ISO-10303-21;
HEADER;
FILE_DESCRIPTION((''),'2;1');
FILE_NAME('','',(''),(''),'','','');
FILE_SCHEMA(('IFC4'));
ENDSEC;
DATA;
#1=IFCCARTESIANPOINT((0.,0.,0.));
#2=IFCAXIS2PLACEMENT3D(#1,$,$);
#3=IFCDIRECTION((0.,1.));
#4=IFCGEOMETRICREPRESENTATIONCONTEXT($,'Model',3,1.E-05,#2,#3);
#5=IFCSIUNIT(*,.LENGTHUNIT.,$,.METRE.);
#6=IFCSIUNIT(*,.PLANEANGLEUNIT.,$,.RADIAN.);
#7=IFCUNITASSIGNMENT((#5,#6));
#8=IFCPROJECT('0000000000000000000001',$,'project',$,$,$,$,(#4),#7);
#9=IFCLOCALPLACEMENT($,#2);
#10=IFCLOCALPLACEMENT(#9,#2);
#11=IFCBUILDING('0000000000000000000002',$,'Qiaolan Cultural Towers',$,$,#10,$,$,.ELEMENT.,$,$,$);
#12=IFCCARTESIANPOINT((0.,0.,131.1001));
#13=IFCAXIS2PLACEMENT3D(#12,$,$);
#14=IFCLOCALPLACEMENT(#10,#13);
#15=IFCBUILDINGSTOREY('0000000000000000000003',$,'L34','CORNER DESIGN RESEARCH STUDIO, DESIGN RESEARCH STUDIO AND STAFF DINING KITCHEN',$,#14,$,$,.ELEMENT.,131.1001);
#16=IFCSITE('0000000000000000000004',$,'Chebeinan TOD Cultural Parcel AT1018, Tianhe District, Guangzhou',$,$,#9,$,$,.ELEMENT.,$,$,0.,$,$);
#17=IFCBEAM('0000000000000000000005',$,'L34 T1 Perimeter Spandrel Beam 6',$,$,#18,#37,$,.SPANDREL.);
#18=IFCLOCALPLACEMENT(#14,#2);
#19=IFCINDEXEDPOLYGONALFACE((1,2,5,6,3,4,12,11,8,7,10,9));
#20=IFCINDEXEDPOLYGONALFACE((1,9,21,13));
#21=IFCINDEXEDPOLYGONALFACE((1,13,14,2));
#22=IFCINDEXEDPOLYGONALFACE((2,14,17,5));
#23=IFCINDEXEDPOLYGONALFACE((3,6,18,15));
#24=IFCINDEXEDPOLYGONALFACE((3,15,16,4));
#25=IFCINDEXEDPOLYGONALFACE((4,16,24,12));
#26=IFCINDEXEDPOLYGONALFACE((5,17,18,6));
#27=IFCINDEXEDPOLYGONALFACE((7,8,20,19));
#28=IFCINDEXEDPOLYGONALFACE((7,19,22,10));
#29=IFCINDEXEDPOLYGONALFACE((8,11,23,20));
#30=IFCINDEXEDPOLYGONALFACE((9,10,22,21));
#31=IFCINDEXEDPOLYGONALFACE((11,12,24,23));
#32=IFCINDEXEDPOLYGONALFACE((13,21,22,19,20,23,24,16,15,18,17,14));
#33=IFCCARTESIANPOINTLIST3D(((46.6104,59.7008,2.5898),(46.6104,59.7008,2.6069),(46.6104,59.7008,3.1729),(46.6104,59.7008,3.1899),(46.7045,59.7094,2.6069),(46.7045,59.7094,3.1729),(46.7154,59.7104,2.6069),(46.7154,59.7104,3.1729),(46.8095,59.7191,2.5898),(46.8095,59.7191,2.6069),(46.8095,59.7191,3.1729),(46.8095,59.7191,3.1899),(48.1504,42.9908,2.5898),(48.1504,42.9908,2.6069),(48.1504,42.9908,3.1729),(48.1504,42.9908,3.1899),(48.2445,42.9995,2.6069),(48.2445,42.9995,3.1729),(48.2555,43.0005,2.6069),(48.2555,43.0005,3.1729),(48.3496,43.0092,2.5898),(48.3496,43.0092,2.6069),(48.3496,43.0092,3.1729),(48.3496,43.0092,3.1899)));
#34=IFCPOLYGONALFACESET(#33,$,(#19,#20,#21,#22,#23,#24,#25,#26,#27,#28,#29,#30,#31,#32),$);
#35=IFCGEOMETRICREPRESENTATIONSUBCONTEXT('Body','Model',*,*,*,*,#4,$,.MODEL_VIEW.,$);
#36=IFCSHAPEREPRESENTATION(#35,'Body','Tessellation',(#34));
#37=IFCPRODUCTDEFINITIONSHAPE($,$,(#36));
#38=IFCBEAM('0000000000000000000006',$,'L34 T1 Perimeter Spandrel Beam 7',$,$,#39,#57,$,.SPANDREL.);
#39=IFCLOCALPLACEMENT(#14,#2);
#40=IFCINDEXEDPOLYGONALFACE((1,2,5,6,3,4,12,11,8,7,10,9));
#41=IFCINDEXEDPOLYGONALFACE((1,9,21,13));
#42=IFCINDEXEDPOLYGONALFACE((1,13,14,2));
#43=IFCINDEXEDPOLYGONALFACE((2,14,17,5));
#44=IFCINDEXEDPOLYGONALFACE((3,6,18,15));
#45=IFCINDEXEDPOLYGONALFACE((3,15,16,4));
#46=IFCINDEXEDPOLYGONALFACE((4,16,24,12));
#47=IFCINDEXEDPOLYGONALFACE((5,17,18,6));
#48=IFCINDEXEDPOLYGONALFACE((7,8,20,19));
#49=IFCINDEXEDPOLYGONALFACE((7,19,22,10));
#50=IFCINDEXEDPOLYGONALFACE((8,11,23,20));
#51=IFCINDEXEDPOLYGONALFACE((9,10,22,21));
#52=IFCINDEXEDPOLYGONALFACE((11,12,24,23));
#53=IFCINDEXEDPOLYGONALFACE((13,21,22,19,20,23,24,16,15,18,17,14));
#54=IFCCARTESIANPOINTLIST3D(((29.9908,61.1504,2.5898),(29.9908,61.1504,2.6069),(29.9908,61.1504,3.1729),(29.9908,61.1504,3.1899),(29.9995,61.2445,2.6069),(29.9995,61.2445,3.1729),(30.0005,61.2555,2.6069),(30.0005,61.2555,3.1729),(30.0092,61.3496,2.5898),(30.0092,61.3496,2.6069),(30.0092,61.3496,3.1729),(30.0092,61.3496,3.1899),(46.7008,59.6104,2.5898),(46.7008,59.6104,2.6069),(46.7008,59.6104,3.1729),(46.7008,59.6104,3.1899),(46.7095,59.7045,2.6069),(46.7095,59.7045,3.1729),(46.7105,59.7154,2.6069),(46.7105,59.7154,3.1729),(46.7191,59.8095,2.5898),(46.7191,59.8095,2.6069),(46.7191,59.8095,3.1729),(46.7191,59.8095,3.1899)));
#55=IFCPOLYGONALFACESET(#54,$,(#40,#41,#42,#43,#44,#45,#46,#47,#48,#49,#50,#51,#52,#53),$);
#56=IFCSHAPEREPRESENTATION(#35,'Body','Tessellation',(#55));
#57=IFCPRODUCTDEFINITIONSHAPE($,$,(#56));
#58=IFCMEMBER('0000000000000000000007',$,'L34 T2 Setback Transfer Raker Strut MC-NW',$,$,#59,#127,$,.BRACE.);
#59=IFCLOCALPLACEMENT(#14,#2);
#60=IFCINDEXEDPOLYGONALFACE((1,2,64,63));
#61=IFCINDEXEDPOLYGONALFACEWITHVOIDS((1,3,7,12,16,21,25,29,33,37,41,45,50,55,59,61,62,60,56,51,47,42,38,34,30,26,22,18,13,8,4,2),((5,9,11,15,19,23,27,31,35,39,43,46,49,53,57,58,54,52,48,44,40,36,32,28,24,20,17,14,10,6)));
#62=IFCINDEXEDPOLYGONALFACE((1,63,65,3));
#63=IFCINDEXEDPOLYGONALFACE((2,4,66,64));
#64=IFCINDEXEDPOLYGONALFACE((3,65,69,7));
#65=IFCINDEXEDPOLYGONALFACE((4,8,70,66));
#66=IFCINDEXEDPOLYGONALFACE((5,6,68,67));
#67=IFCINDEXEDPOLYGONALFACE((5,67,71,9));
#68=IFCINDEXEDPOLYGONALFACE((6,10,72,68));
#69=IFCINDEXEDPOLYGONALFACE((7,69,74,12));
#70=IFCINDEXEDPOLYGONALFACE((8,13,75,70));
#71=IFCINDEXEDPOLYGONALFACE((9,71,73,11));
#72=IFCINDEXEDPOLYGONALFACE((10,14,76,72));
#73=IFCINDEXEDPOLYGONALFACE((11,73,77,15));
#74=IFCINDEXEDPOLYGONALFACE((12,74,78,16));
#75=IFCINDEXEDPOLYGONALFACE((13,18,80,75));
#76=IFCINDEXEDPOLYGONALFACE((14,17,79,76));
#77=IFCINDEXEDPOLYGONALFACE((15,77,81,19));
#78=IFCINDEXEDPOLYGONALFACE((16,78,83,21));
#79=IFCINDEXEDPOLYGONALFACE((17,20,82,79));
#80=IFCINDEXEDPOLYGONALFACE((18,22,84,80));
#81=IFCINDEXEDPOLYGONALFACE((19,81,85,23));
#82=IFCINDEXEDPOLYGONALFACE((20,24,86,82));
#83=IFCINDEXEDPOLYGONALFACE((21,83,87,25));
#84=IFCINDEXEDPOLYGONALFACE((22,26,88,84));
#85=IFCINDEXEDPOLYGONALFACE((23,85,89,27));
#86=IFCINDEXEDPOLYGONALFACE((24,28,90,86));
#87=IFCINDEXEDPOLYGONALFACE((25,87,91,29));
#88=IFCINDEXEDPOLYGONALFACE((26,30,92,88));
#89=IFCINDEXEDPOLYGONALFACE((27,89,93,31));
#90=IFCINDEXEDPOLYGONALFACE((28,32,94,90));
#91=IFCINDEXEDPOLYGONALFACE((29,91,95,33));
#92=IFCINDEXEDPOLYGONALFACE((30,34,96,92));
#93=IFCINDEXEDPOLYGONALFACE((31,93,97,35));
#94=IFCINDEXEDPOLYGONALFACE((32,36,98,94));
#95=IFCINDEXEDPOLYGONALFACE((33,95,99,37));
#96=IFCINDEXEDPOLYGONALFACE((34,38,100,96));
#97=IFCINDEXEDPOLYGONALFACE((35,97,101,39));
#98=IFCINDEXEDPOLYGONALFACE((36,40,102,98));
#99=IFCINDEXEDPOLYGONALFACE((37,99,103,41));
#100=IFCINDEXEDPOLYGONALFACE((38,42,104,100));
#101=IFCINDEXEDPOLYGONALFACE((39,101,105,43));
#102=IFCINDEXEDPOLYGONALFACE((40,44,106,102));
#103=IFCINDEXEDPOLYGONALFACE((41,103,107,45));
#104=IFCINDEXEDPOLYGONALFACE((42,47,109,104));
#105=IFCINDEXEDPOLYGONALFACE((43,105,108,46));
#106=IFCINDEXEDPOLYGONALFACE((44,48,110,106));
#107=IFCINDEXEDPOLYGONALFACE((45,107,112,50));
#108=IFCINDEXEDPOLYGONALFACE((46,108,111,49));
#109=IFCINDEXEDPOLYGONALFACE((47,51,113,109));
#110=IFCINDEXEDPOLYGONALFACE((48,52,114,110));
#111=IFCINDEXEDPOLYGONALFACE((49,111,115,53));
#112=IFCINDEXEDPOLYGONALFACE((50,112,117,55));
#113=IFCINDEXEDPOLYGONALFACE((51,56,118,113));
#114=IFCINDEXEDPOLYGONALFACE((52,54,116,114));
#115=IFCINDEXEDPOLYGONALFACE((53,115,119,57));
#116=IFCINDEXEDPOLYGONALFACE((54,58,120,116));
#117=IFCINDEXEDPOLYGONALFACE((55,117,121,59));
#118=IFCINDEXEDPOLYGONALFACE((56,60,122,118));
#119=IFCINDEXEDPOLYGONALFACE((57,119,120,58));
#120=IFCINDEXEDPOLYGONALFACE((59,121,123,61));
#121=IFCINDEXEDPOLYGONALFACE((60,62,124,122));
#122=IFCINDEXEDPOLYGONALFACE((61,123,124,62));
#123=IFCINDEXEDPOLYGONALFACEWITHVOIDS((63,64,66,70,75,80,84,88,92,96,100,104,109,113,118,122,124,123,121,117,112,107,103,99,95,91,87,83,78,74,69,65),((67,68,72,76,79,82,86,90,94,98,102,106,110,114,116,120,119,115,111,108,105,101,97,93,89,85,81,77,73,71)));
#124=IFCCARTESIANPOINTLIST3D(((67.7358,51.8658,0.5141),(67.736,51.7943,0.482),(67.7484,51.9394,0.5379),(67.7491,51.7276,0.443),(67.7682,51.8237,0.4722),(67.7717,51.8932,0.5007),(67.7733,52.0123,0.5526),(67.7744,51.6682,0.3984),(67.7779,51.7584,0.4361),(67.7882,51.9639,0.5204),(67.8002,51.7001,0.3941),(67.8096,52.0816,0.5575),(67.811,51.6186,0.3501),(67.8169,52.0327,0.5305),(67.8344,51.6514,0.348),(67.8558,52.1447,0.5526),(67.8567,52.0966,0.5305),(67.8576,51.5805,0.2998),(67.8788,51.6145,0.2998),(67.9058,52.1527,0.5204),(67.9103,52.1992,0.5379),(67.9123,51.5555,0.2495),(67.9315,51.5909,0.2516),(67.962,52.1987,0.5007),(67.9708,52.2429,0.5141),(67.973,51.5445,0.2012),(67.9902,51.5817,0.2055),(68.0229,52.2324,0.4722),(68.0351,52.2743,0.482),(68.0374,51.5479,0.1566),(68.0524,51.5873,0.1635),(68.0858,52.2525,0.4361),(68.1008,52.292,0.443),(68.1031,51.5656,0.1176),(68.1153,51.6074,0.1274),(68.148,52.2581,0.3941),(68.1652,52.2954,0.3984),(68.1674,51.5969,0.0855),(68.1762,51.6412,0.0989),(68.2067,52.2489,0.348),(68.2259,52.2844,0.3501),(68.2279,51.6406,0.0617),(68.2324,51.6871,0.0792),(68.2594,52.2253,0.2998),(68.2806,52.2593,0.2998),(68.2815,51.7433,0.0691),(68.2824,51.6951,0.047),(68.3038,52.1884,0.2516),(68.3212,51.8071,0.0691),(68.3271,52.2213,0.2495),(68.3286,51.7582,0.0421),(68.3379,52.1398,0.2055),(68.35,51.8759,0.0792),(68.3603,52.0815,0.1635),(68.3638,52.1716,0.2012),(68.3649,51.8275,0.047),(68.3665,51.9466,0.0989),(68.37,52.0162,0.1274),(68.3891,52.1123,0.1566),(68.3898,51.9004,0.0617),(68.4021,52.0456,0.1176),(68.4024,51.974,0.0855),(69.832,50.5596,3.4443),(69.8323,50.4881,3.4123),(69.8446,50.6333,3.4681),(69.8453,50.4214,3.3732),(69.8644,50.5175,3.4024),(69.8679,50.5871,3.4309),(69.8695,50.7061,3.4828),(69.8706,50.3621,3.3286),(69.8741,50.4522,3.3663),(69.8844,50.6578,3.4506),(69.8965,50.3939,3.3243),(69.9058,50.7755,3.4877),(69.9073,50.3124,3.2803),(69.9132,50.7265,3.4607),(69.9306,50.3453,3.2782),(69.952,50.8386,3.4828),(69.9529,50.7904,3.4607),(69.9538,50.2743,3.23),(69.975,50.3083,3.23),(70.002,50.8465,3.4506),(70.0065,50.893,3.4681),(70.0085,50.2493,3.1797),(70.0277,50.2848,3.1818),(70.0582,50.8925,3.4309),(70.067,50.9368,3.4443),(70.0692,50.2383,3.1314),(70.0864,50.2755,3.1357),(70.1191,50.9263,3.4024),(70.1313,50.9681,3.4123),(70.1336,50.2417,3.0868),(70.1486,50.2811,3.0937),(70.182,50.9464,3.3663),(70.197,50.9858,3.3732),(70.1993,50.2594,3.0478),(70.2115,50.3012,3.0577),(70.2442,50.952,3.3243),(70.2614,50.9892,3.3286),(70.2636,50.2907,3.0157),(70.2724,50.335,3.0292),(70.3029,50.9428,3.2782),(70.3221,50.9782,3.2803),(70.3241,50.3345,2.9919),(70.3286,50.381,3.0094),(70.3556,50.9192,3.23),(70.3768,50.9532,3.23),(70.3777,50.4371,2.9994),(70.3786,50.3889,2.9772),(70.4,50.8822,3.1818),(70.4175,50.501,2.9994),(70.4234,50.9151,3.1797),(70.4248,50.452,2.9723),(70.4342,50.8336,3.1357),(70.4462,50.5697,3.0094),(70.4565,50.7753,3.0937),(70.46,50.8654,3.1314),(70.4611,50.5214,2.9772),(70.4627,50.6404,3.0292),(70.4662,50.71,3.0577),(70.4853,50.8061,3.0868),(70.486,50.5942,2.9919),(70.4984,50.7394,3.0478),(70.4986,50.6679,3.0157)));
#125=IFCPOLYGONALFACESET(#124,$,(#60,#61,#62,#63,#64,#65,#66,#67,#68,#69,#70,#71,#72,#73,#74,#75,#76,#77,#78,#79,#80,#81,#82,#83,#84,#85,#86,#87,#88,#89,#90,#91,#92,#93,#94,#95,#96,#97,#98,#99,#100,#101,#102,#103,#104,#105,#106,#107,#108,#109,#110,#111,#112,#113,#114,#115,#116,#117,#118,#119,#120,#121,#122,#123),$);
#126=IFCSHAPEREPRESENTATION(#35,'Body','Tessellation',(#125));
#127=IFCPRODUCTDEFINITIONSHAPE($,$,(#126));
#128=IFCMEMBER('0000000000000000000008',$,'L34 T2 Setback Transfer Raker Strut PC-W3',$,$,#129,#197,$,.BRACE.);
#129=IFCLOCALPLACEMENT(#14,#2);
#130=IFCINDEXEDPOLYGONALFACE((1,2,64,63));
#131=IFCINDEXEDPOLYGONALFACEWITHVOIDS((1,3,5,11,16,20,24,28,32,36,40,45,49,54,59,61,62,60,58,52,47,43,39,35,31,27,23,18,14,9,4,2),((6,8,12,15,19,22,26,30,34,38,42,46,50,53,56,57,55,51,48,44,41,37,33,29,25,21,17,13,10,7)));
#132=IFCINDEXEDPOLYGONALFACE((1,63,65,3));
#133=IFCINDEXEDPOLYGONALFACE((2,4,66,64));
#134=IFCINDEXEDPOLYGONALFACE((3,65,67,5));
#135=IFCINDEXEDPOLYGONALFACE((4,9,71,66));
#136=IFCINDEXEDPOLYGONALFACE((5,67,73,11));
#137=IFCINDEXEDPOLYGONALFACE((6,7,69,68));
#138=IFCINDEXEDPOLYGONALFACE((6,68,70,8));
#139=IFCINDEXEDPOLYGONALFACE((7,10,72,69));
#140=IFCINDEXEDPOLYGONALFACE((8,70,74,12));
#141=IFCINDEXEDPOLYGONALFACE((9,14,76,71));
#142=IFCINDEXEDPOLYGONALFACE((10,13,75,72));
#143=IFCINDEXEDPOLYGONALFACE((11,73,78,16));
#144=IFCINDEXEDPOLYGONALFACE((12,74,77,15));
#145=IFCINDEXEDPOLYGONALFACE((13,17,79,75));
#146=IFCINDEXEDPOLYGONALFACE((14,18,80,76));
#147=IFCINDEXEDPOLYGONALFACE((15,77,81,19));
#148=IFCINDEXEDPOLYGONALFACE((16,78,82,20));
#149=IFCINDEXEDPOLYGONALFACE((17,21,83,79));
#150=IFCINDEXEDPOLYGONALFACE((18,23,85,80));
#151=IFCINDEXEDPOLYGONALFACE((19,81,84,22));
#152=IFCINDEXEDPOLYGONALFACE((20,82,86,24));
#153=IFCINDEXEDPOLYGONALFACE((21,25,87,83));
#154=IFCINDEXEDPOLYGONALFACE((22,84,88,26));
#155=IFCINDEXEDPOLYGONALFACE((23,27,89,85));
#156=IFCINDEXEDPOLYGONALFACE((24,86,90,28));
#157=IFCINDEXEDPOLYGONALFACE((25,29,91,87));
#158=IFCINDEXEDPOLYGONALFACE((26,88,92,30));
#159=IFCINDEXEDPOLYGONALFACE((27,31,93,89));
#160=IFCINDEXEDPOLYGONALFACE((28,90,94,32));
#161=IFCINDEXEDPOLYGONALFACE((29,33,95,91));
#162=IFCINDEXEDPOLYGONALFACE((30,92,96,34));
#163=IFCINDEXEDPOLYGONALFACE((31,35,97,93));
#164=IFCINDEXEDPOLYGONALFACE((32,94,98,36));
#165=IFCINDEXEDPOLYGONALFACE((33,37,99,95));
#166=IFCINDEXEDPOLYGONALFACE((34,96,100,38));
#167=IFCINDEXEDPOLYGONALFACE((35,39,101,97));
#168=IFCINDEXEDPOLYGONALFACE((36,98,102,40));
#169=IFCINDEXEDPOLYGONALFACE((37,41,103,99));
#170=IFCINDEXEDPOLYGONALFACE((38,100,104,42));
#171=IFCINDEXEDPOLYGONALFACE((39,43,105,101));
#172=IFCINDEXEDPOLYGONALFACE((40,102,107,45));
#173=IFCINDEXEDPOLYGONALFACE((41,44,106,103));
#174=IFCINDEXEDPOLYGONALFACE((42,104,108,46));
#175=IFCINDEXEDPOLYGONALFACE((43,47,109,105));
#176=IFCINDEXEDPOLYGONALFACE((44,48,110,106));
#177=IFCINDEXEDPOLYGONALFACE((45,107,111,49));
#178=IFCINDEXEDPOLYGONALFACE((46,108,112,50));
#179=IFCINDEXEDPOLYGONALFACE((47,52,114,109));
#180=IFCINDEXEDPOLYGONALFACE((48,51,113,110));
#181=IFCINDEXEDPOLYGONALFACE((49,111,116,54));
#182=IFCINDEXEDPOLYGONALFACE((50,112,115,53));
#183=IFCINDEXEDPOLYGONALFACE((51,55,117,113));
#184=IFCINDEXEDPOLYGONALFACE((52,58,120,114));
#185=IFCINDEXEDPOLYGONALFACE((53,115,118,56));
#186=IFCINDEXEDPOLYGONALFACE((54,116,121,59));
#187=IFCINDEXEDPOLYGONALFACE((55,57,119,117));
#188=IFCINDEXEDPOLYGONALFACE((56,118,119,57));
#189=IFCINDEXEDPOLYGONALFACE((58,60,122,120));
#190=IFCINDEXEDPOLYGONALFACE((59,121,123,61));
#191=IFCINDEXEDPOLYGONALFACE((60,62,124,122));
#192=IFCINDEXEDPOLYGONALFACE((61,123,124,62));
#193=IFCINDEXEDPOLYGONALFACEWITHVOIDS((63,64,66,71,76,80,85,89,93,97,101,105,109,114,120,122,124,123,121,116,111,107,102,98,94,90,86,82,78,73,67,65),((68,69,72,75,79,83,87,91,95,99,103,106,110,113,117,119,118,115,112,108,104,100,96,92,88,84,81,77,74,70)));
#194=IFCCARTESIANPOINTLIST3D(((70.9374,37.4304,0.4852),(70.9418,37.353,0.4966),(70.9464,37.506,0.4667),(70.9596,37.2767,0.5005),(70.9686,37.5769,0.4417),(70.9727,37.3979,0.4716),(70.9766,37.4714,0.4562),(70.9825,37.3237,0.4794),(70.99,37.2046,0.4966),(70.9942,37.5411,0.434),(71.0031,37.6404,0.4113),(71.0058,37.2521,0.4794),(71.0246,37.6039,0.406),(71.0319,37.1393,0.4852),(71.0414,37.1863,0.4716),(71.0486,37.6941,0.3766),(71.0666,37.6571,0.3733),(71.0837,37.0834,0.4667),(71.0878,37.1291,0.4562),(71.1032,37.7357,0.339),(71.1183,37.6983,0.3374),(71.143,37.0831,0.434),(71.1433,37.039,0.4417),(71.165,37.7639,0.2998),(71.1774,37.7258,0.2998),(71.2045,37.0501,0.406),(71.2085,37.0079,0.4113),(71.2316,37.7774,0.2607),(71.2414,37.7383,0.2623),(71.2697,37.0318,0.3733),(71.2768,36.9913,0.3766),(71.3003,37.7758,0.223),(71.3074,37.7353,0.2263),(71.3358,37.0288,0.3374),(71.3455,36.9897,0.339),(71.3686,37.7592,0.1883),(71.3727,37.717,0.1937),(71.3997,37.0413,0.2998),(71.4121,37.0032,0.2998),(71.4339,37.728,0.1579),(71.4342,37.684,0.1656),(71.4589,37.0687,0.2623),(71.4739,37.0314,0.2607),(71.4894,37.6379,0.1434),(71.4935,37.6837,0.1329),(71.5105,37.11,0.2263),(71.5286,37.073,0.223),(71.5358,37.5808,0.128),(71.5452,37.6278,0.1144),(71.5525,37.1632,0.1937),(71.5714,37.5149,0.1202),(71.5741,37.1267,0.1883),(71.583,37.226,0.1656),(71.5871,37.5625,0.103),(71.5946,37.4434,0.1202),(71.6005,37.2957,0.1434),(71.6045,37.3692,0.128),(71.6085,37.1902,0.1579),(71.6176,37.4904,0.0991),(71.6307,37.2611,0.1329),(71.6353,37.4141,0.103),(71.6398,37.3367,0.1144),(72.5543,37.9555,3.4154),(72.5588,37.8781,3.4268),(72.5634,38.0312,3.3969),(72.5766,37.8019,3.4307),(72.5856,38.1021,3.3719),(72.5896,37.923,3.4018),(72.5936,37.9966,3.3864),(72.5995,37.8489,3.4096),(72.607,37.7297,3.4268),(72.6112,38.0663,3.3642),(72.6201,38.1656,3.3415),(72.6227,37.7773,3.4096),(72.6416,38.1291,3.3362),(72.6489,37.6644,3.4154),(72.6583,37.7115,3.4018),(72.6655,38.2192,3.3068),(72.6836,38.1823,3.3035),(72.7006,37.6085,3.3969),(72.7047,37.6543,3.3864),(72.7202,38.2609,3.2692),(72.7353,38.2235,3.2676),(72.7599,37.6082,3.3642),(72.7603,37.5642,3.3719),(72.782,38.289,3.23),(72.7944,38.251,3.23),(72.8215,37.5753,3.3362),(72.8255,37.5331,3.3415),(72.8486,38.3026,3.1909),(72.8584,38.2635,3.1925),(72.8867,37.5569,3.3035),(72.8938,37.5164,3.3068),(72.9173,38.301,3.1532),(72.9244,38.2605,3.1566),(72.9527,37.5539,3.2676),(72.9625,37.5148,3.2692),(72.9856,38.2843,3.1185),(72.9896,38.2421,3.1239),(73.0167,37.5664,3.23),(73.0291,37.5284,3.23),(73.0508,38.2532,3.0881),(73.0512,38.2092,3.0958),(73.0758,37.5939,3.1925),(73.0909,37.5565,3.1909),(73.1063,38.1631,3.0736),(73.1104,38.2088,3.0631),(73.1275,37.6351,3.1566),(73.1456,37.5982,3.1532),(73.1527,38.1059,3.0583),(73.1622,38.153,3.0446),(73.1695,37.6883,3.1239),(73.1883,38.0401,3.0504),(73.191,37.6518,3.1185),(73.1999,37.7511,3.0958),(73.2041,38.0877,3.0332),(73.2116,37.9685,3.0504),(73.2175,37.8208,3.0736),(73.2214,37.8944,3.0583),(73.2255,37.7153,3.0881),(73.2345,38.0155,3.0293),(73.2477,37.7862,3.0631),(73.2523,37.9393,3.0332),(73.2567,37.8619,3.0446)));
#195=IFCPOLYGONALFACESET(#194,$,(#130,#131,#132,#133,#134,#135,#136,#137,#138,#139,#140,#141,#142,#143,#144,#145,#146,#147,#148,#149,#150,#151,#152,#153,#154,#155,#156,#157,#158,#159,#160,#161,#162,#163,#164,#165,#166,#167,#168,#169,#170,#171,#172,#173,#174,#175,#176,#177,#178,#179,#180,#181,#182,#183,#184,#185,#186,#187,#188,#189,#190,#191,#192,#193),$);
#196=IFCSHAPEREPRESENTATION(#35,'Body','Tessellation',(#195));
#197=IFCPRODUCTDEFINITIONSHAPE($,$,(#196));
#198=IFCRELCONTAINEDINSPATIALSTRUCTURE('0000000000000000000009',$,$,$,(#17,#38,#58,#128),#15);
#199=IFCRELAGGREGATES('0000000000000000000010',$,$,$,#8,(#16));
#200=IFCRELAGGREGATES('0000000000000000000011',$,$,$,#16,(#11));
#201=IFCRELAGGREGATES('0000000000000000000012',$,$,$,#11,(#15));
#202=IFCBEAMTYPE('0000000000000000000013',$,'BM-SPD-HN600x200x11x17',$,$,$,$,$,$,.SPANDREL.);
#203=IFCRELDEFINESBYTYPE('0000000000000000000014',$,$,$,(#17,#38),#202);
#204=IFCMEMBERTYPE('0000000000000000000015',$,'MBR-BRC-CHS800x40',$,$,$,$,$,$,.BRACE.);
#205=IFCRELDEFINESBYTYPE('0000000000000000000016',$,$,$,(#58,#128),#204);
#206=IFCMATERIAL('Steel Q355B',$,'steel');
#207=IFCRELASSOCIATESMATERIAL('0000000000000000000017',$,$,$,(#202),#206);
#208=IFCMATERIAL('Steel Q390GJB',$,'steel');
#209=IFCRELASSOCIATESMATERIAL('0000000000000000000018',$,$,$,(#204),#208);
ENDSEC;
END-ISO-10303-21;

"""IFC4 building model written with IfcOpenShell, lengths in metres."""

from ifc_helpers import new_model, si_unit, direction, frame, origin, origin_2d, place, context, subcontext, project, spatial, hollow_circle, i_section, extrude, material, material_profile, profile_set, type_object, element, save


model = new_model("IFC4")

# Units and contexts
model_context = context("Model", 3, precision=1e-05, world=origin(), true_north=direction((0.0, 1.0)))
body_context = subcontext(model_context, "Body", "Model", "MODEL_VIEW")
ifc_project = project(units=[si_unit("LENGTHUNIT", "METRE"), si_unit("PLANEANGLEUNIT", "RADIAN")], contexts=[model_context])

# Site, building, storey
site_placement = place(None, origin())
site = spatial("IfcSite", under=ifc_project, at=site_placement, Name="Chebeinan TOD Cultural Parcel AT1018, Tianhe District, Guangzhou", CompositionType="ELEMENT", RefElevation=0.0)
building_placement = place(site_placement, origin())
building = spatial("IfcBuilding", under=site, at=building_placement, Name="Qiaolan Cultural Towers", CompositionType="ELEMENT")
storey_placement = place(building_placement, frame((0.0, 0.0, 131.1001)))
storey = spatial("IfcBuildingStorey", under=building, at=storey_placement, Name="L34", Description="CORNER DESIGN RESEARCH STUDIO, DESIGN RESEARCH STUDIO AND STAFF DINING KITCHEN", CompositionType="ELEMENT", Elevation=131.1001)

# Beams
ifc_material_1 = material(Name="Steel Q355B", Category="steel")
ifc_material_profile_1 = material_profile(ifc_material_1, i_section(OverallWidth=0.2, OverallDepth=0.6001, WebThickness=0.011, FlangeThickness=0.0171, at=origin_2d()), Name="HN600x200x11x17")
ifc_profile_set_1 = profile_set([ifc_material_profile_1], Name="Steel Q355B")
beam_type_1 = type_object("IfcBeamType", Name="BM-SPD-HN600x200x11x17", PredefinedType="SPANDREL", material=ifc_profile_set_1)
for number, where, z_axis, x_axis, name in (
    (1, (48.25, 43.0, 2.8899), (-0.091774, 0.99578, 0.0), (-0.99578, -0.091774, 0.0), "L34 T1 Perimeter Spandrel Beam 6"),
    (2, (46.71, 59.71, 2.8899), (-0.99578, 0.091774, 0.0), (-0.091774, -0.99578, 0.0), "L34 T1 Perimeter Spandrel Beam 7"),
):
    element("IfcBeam", number, at=place(storey_placement, frame(where, z_axis=z_axis, x_axis=x_axis)), inside=storey, type_object=beam_type_1, Name=name, PredefinedType="SPANDREL", context=body_context, shape_type="SweptSolid", body=[
        extrude(i_section(OverallWidth=0.2, OverallDepth=0.6001, WebThickness=0.011, FlangeThickness=0.0171, at=origin_2d()), origin(), (0.0, 0.0, 1.0), 16.7808),
    ])

# Members
ifc_material_2 = material(Name="Steel Q390GJB", Category="steel")
ifc_material_profile_2 = material_profile(ifc_material_2, hollow_circle(Radius=0.3999, WallThickness=0.04, at=origin_2d()), Name="CHS800x40")
ifc_profile_set_2 = profile_set([ifc_material_profile_2], Name="Steel Q390GJB")
member_type = type_object("IfcMemberType", Name="MBR-BRC-CHS800x40", PredefinedType="BRACE", material=ifc_profile_set_2)
member_1_placement = place(storey_placement, frame((68.0691, 51.9199, 0.2998), z_axis=(0.54699, -0.340834, 0.764614), x_axis=(0.528843, 0.848719, 0.0)))
element("IfcMember", 3, at=member_1_placement, inside=storey, type_object=member_type, Name="L34 T2 Setback Transfer Raker Strut MC-NW", PredefinedType="BRACE", context=body_context, shape_type="SweptSolid", body=[
    extrude(hollow_circle(Radius=0.3999, WallThickness=0.04, at=origin_2d()), origin(), (0.0, 0.0, 1.0), 3.8323),
])
member_2_placement = place(storey_placement, frame((71.2886, 37.3835, 0.2998), z_axis=(0.477304, 0.155018, 0.864957), x_axis=(-0.308894, 0.951096, 0.0)))
element("IfcMember", 4, at=member_2_placement, inside=storey, type_object=member_type, Name="L34 T2 Setback Transfer Raker Strut PC-W3", PredefinedType="BRACE", context=body_context, shape_type="SweptSolid", body=[
    extrude(hollow_circle(Radius=0.3999, WallThickness=0.04, at=origin_2d()), origin(), (0.0, 0.0, 1.0), 3.3877),
])

save(model, "model.ifc")
